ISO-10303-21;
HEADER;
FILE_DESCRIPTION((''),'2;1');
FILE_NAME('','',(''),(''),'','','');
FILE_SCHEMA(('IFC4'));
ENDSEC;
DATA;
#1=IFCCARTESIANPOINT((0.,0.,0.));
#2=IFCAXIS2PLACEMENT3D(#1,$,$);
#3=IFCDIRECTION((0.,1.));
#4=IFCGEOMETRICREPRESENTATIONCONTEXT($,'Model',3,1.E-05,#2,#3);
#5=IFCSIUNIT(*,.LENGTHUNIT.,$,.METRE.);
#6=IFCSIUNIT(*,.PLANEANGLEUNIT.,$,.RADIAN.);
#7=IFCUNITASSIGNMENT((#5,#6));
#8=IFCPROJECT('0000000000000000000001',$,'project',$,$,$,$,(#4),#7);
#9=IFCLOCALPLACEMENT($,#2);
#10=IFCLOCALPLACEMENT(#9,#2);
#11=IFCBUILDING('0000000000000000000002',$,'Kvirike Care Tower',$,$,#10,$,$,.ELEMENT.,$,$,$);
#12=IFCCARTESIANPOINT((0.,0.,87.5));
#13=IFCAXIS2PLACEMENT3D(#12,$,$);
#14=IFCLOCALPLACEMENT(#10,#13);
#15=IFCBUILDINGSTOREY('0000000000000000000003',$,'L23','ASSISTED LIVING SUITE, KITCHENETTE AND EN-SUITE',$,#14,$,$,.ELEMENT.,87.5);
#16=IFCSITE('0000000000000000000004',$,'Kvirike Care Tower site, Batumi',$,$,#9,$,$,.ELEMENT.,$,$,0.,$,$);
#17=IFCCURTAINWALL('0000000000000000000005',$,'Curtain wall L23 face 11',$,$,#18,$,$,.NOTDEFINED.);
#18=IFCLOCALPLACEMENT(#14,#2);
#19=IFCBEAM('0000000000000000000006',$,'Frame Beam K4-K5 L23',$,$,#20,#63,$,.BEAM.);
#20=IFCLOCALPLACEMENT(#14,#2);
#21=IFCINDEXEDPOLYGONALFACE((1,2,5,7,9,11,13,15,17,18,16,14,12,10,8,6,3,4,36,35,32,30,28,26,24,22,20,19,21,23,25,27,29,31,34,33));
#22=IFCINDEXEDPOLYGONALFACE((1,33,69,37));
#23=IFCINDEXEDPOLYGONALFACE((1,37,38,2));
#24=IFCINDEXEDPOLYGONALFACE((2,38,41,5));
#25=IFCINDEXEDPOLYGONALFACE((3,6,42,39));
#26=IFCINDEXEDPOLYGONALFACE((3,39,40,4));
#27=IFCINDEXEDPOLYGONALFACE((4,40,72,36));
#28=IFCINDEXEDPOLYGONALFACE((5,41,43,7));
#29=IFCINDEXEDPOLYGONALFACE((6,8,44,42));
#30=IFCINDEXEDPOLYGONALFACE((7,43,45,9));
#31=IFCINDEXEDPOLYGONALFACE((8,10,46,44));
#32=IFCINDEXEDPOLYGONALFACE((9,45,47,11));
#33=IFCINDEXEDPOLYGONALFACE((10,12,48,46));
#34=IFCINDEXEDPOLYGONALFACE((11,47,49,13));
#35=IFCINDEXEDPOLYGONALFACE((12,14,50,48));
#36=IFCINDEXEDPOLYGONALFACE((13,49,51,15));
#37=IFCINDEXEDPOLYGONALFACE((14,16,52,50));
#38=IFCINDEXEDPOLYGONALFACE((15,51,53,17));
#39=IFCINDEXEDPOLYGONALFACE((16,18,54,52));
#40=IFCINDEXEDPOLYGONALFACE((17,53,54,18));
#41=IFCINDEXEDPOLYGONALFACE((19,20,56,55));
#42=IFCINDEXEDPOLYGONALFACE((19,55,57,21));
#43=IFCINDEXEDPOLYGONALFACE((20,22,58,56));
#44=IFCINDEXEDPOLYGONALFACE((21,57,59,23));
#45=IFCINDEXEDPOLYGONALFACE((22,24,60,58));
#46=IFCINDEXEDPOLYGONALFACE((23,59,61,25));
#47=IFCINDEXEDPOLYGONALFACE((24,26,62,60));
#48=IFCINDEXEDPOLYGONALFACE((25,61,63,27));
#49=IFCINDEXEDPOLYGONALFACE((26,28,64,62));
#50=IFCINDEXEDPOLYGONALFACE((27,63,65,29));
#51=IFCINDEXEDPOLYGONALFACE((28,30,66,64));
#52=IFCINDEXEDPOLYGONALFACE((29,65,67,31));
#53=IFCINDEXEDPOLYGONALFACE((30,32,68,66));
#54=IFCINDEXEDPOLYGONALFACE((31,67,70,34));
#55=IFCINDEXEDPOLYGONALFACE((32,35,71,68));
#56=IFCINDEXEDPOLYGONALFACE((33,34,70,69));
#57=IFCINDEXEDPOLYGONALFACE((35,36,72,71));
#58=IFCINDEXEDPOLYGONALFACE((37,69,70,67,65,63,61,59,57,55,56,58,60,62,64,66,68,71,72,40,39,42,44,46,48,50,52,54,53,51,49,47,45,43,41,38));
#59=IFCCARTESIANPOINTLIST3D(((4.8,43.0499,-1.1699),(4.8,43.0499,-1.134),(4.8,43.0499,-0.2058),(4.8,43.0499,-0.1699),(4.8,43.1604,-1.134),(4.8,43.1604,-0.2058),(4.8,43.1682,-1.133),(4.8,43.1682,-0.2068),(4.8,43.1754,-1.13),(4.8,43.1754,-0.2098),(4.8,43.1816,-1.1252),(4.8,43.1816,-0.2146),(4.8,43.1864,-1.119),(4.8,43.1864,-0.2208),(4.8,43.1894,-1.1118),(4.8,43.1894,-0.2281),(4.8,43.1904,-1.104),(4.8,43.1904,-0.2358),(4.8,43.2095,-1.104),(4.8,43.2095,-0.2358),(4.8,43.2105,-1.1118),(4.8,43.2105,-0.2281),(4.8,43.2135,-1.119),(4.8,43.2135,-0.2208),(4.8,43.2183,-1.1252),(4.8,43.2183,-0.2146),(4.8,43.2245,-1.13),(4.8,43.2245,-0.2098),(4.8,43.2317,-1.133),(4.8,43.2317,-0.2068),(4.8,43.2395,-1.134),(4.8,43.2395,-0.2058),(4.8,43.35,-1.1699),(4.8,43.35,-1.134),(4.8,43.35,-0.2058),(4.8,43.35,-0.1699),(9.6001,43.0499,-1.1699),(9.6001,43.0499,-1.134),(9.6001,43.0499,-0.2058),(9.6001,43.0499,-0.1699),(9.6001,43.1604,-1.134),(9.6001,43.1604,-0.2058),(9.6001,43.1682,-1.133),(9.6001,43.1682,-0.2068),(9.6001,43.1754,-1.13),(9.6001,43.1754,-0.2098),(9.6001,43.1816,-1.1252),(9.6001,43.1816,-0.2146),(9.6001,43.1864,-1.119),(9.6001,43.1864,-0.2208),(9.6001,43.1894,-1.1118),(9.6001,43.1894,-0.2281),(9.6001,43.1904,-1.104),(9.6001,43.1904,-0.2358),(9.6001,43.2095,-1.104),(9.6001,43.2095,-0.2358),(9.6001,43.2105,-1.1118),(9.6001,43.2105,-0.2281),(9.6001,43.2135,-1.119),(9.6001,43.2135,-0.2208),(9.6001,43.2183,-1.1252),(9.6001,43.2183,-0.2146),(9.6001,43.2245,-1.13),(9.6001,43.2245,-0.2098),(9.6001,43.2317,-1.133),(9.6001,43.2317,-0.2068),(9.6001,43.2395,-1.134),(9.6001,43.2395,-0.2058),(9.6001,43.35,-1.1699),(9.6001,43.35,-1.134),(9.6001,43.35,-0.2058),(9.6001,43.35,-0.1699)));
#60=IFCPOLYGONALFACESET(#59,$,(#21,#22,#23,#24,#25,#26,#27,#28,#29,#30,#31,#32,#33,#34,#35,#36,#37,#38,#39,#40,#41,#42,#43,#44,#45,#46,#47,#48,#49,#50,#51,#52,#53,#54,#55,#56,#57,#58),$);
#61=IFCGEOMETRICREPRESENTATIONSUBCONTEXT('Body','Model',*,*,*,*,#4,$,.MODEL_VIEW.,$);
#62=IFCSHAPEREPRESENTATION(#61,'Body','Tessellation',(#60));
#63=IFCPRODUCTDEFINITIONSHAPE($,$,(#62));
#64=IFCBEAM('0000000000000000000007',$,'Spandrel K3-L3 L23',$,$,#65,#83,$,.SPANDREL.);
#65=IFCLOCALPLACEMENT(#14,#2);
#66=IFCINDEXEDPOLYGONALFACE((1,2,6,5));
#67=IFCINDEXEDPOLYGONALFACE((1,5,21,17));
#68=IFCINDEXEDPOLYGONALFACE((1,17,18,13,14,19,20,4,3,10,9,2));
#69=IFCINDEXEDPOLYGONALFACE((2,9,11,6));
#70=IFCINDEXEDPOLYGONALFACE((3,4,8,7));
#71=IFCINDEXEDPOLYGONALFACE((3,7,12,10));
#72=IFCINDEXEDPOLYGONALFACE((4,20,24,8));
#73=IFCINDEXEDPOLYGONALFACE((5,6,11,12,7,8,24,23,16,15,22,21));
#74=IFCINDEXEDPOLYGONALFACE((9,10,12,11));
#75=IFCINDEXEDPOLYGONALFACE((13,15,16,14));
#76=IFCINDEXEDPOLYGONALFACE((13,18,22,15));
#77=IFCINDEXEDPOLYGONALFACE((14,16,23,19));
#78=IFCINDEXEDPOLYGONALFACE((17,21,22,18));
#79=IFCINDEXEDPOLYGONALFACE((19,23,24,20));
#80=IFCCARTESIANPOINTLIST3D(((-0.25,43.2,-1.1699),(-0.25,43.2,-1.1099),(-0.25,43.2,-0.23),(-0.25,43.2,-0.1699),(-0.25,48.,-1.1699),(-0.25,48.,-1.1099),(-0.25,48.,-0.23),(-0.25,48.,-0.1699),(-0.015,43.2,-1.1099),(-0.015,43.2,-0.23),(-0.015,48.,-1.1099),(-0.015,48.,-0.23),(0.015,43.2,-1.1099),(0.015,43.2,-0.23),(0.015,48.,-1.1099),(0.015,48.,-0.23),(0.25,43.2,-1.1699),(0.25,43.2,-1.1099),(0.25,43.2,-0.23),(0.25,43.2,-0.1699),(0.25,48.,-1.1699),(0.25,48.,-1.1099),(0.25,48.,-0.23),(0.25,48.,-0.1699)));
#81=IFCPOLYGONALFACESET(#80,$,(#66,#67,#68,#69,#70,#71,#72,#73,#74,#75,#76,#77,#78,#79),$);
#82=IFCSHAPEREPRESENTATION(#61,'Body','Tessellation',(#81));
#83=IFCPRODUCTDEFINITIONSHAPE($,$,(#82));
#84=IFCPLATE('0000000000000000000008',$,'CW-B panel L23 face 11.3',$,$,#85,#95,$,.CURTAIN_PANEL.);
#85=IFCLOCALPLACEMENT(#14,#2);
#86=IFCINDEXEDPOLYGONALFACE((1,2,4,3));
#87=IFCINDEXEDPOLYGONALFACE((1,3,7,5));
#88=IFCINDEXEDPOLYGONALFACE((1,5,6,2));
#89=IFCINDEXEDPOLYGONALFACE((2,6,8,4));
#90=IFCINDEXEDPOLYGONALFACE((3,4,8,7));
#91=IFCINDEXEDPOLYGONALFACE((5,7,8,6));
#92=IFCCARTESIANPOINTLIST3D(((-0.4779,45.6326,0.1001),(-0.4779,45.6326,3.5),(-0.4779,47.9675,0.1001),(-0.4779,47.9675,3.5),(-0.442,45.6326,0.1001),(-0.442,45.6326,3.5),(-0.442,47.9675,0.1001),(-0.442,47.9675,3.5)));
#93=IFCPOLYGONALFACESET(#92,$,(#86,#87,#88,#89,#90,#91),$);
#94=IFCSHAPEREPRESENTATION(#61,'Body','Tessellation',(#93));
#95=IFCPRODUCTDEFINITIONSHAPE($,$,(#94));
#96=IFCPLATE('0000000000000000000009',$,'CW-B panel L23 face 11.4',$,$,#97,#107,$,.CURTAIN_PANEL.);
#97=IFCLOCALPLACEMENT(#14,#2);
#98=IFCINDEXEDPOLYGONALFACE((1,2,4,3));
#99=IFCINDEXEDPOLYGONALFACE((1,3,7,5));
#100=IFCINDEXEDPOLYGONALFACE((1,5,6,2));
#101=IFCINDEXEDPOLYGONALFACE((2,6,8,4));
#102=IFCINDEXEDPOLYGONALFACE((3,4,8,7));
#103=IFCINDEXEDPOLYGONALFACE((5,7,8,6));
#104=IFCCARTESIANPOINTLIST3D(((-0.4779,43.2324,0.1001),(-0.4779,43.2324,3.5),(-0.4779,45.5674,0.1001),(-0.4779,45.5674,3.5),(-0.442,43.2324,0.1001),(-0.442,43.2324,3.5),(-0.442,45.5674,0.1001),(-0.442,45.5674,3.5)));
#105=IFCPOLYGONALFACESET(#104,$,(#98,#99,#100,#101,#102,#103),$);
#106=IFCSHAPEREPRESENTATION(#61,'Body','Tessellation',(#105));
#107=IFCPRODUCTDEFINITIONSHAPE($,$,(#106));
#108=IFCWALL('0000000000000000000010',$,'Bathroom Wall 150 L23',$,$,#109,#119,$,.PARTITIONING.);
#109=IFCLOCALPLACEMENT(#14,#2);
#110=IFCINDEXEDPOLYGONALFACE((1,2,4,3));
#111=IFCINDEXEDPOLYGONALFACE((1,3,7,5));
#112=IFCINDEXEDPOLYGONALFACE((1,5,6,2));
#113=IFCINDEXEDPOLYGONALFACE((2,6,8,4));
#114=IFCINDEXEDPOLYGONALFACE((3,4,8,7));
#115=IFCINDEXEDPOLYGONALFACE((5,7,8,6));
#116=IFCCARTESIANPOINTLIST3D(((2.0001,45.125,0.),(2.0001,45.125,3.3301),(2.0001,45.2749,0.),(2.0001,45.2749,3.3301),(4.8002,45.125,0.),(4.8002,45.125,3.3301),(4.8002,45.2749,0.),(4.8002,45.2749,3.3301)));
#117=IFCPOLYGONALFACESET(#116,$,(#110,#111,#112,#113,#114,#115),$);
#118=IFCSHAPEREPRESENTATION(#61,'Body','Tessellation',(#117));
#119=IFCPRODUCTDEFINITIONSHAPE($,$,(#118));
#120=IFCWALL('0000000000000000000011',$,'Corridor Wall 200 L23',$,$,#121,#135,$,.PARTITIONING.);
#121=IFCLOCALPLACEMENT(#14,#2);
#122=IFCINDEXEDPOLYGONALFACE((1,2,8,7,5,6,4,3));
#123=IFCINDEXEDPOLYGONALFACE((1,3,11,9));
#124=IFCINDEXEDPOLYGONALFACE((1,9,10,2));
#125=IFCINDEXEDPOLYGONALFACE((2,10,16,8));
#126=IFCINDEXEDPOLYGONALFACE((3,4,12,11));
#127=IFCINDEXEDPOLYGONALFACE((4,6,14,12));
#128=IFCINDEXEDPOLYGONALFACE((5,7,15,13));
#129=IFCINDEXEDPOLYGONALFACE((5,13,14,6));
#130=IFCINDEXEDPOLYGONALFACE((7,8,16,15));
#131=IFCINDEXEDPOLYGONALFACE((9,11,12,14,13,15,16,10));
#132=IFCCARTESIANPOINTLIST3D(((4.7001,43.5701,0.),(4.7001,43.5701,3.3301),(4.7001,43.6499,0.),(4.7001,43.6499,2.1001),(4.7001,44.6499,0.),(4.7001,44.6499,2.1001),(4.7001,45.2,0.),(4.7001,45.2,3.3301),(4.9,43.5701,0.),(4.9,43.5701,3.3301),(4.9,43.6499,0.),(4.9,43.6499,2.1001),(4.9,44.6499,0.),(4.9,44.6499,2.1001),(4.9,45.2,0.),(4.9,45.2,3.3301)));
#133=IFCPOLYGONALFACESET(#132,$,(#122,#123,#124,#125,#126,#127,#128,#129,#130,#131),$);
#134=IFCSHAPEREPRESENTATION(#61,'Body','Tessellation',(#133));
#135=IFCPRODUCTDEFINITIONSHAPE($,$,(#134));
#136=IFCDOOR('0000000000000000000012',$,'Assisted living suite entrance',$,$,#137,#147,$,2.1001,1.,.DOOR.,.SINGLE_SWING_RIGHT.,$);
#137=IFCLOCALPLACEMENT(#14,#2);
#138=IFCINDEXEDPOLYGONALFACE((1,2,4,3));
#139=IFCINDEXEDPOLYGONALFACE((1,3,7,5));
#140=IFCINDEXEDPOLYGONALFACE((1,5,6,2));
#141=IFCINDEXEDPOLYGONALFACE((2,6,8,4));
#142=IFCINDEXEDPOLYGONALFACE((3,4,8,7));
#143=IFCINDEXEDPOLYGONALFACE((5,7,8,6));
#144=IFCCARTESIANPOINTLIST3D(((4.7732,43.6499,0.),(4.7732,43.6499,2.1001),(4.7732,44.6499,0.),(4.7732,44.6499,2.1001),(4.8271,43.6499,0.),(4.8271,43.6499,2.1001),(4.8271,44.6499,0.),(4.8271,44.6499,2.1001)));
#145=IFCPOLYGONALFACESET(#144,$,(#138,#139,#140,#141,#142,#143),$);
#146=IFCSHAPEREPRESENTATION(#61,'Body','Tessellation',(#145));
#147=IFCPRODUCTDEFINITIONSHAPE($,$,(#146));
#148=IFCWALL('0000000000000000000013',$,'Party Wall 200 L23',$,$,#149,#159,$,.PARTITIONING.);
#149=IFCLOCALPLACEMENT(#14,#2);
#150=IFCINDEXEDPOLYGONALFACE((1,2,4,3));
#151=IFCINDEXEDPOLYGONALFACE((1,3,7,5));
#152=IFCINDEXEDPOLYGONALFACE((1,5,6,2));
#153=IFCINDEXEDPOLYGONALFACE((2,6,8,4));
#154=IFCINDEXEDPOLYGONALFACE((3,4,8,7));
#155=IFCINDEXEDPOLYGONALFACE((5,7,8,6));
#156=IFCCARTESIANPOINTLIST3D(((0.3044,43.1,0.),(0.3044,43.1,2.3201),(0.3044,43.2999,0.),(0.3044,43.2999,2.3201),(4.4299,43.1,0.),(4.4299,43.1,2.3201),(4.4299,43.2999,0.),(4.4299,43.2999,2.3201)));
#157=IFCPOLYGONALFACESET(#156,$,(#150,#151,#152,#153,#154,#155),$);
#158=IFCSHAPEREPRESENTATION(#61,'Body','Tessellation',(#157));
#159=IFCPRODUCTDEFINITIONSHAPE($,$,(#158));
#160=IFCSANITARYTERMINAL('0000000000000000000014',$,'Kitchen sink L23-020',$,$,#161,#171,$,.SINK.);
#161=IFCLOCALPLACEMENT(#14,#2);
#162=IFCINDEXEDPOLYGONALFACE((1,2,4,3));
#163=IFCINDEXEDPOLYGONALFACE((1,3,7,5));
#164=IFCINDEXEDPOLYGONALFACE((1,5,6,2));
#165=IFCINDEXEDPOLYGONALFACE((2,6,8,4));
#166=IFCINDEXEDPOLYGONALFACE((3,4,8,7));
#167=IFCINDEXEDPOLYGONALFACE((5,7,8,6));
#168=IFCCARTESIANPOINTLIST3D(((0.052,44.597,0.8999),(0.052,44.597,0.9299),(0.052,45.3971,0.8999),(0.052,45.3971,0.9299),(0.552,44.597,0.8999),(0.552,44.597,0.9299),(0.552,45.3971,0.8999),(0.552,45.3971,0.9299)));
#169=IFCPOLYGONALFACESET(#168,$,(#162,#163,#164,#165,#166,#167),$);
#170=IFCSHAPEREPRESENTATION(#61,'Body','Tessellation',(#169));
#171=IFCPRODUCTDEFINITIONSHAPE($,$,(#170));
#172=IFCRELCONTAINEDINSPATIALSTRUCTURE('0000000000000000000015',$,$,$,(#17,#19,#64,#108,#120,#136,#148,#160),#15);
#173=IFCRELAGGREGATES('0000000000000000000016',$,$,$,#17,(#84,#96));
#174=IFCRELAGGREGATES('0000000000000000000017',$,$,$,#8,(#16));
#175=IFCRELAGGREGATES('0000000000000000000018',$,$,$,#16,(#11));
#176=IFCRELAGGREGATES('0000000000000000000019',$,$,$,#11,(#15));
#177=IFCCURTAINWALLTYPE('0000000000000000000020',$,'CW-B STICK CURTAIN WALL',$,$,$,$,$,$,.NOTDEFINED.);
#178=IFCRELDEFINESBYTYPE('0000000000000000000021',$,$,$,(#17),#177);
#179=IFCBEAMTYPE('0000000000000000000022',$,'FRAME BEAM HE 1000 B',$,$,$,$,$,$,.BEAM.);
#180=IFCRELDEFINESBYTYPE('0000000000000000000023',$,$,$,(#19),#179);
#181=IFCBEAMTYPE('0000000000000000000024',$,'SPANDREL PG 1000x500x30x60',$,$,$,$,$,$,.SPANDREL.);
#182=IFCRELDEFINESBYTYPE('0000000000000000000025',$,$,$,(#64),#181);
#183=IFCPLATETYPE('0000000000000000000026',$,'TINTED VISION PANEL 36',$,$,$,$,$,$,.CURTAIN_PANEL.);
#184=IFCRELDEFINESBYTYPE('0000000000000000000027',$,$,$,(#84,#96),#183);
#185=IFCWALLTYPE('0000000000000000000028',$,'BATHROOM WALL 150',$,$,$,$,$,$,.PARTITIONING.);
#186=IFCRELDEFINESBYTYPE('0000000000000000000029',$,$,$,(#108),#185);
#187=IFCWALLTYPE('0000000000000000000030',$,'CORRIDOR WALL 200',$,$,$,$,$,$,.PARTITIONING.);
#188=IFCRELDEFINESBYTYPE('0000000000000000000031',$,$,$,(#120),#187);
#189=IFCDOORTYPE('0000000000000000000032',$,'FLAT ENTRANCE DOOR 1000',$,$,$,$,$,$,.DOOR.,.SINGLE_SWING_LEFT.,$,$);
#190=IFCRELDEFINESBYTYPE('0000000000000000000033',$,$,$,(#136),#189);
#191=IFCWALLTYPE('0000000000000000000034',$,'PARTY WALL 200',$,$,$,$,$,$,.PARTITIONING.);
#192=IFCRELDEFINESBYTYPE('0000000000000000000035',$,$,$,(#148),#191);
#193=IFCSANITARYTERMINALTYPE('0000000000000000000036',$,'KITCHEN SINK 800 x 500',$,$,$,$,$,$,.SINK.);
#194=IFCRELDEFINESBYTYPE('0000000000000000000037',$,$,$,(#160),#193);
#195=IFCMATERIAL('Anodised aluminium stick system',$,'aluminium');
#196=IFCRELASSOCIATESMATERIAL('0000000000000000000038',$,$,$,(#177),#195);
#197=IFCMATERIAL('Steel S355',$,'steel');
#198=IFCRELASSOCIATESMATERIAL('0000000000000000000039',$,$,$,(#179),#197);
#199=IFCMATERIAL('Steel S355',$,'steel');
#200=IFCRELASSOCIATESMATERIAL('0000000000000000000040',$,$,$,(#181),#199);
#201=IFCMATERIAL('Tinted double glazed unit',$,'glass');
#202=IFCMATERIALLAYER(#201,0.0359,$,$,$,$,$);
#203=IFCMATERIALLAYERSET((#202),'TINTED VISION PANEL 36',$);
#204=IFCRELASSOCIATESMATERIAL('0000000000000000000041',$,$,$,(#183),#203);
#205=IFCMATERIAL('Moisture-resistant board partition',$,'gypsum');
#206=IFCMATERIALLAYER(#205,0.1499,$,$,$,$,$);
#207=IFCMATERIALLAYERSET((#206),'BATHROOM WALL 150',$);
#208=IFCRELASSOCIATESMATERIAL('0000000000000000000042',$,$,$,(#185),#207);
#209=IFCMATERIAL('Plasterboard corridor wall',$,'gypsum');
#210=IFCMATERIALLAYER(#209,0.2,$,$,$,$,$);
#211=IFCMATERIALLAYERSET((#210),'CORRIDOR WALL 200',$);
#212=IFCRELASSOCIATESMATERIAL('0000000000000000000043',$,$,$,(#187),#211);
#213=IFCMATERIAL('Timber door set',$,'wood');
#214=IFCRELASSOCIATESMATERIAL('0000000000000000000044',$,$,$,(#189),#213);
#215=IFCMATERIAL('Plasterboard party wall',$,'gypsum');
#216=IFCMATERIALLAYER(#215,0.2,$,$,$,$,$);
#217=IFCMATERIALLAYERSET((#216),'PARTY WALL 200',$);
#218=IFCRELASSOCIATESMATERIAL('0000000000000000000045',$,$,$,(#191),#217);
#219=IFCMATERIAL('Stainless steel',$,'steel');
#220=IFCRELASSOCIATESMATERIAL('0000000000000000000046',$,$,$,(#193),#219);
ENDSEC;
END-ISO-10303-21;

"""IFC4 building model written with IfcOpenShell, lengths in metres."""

from ifc_helpers import new_model, si_unit, direction, frame, frame_2d, origin, origin_2d, place, context, subcontext, project, spatial, rectangle, i_section, extrude, material, layer, layer_set, material_profile, profile_set, type_object, element, fill, aggregate, save


model = new_model("IFC4")

# Units and contexts
model_context = context("Model", 3, precision=1e-05, world=origin(), true_north=direction((0.0, 1.0)))
body_context = subcontext(model_context, "Body", "Model", "MODEL_VIEW")
ifc_project = project(units=[si_unit("LENGTHUNIT", "METRE"), si_unit("PLANEANGLEUNIT", "RADIAN")], contexts=[model_context])

# Site, building, storey
site_placement = place(None, origin())
site = spatial("IfcSite", under=ifc_project, at=site_placement, Name="Kvirike Care Tower site, Batumi", CompositionType="ELEMENT", RefElevation=0.0)
building_placement = place(site_placement, origin())
building = spatial("IfcBuilding", under=site, at=building_placement, Name="Kvirike Care Tower", CompositionType="ELEMENT")
storey_placement = place(building_placement, frame((0.0, 0.0, 87.5)))
storey = spatial("IfcBuildingStorey", under=building, at=storey_placement, Name="L23", Description="ASSISTED LIVING SUITE, KITCHENETTE AND EN-SUITE", CompositionType="ELEMENT", Elevation=87.5)

# Curtain wall
ifc_material_1 = material(Name="Anodised aluminium stick system", Category="aluminium")
curtain_wall_type = type_object("IfcCurtainWallType", Name="CW-B STICK CURTAIN WALL", PredefinedType="NOTDEFINED", material=ifc_material_1)
curtain_wall_placement = place(storey_placement, origin())
curtain_wall = element("IfcCurtainWall", 1, at=curtain_wall_placement, inside=storey, type_object=curtain_wall_type, Name="Curtain wall L23 face 11", PredefinedType="NOTDEFINED")

# Beams
ifc_material_2 = material(Name="Steel S355", Category="steel")
ifc_material_profile_1 = material_profile(ifc_material_2, i_section(OverallWidth=0.3, OverallDepth=1.0, WebThickness=0.019, FlangeThickness=0.0359, FilletRadius=0.03, at=origin_2d()), Name="HE 1000 B")
ifc_profile_set_1 = profile_set([ifc_material_profile_1], Name="Steel S355")
beam_type_1 = type_object("IfcBeamType", Name="FRAME BEAM HE 1000 B", PredefinedType="BEAM", material=ifc_profile_set_1)
for number, where, z_axis, x_axis, name in (
    (2, (4.8, 43.2, -0.6699), (1.0, 0.0, 0.0), (0.0, 1.0, 0.0), "Frame Beam K4-K5 L23"),
):
    element("IfcBeam", number, at=place(storey_placement, frame(where, z_axis=z_axis, x_axis=x_axis)), inside=storey, type_object=beam_type_1, Name=name, PredefinedType="BEAM", context=body_context, shape_type="SweptSolid", body=[
        extrude(i_section(OverallWidth=0.3, OverallDepth=1.0, WebThickness=0.019, FlangeThickness=0.0359, FilletRadius=0.03, at=origin_2d()), origin(), (0.0, 0.0, 1.0), 4.8),
    ])
ifc_material_3 = material(Name="Steel S355", Category="steel")
ifc_material_profile_2 = material_profile(ifc_material_3, i_section(OverallWidth=0.5, OverallDepth=1.0, WebThickness=0.03, FlangeThickness=0.0601, at=origin_2d()), Name="PG 1000x500x30x60")
ifc_profile_set_2 = profile_set([ifc_material_profile_2], Name="Steel S355")
beam_type_2 = type_object("IfcBeamType", Name="SPANDREL PG 1000x500x30x60", PredefinedType="SPANDREL", material=ifc_profile_set_2)
beam_placement = place(storey_placement, frame((0.0, 43.2, -0.6699), z_axis=(0.0, 1.0, 0.0), x_axis=(-1.0, 0.0, 0.0)))
element("IfcBeam", 3, at=beam_placement, inside=storey, type_object=beam_type_2, Name="Spandrel K3-L3 L23", PredefinedType="SPANDREL", context=body_context, shape_type="SweptSolid", body=[
    extrude(i_section(OverallWidth=0.5, OverallDepth=1.0, WebThickness=0.03, FlangeThickness=0.0601, at=origin_2d()), origin(), (0.0, 0.0, 1.0), 4.8),
])

# Plates
ifc_material_4 = material(Name="Tinted double glazed unit", Category="glass")
ifc_layer_1 = layer(ifc_material_4, 0.0359)
ifc_layer_set_1 = layer_set([ifc_layer_1], Name="TINTED VISION PANEL 36")
plate_type = type_object("IfcPlateType", Name="TINTED VISION PANEL 36", PredefinedType="CURTAIN_PANEL", material=ifc_layer_set_1)
plate_1_placement = place(storey_placement, frame((-0.46, 46.8, 0.1001), z_axis=(0.0, 0.0, 1.0), x_axis=(0.0, -1.0, 0.0)))
plate_1 = element("IfcPlate", 4, at=plate_1_placement, type_object=plate_type, Name="CW-B panel L23 face 11.3", PredefinedType="CURTAIN_PANEL", context=body_context, shape_type="SweptSolid", body=[
    extrude(rectangle(XDim=2.335, YDim=0.0359, at=origin_2d()), origin(), (0.0, 0.0, 1.0), 3.3999),
])
plate_2_placement = place(storey_placement, frame((-0.46, 44.3999, 0.1001), z_axis=(0.0, 0.0, 1.0), x_axis=(0.0, -1.0, 0.0)))
plate_2 = element("IfcPlate", 5, at=plate_2_placement, type_object=plate_type, Name="CW-B panel L23 face 11.4", PredefinedType="CURTAIN_PANEL", context=body_context, shape_type="SweptSolid", body=[
    extrude(rectangle(XDim=2.335, YDim=0.0359, at=origin_2d()), origin(), (0.0, 0.0, 1.0), 3.3999),
])
aggregate(curtain_wall, [plate_1, plate_2])

# Wall
ifc_material_5 = material(Name="Moisture-resistant board partition", Category="gypsum")
ifc_layer_2 = layer(ifc_material_5, 0.1499)
ifc_layer_set_2 = layer_set([ifc_layer_2], Name="BATHROOM WALL 150")
wall_type_1 = type_object("IfcWallType", Name="BATHROOM WALL 150", PredefinedType="PARTITIONING", material=ifc_layer_set_2)
wall_1_placement = place(storey_placement, frame((4.8, 45.2, 0.0), z_axis=(0.0, 0.0, 1.0), x_axis=(-1.0, 0.0, 0.0)))
element("IfcWall", 6, at=wall_1_placement, inside=storey, type_object=wall_type_1, Name="Bathroom Wall 150 L23", PredefinedType="PARTITIONING", context=body_context, shape_type="SweptSolid", body=[
    extrude(rectangle(XDim=2.8, YDim=0.1499, at=frame_2d((1.3999, 0.0))), origin(), (0.0, 0.0, 1.0), 3.3301),
])

# Wall, opening, door
ifc_material_6 = material(Name="Plasterboard corridor wall", Category="gypsum")
ifc_layer_3 = layer(ifc_material_6, 0.2)
ifc_layer_set_3 = layer_set([ifc_layer_3], Name="CORRIDOR WALL 200")
wall_type_2 = type_object("IfcWallType", Name="CORRIDOR WALL 200", PredefinedType="PARTITIONING", material=ifc_layer_set_3)
wall_2_placement = place(storey_placement, frame((4.8, 45.2, 0.0), z_axis=(0.0, 0.0, 1.0), x_axis=(0.0, -1.0, 0.0)))
wall_2 = element("IfcWall", 7, at=wall_2_placement, inside=storey, type_object=wall_type_2, Name="Corridor Wall 200 L23", PredefinedType="PARTITIONING", context=body_context, shape_type="SweptSolid", body=[
    extrude(rectangle(XDim=1.6299, YDim=0.2, at=frame_2d((0.8149, 0.0))), origin(), (0.0, 0.0, 1.0), 3.3301),
])
opening_placement = place(wall_2_placement, frame((0.55, 0.0, 0.0)))
opening = element("IfcOpeningElement", 8, at=opening_placement, cuts=wall_2, PredefinedType="OPENING", context=body_context, shape_type="SweptSolid", body=[
    extrude(rectangle(XDim=1.0, YDim=2.1001, at=frame_2d((0.5, 1.05))), frame((0.0, 0.1106, 0.0), z_axis=(0.0, -1.0, 0.0), x_axis=(1.0, 0.0, 0.0)), (0.0, 0.0, 1.0), 0.2209),
])
ifc_material_7 = material(Name="Timber door set", Category="wood")
door_type = type_object("IfcDoorType", Name="FLAT ENTRANCE DOOR 1000", OperationType="SINGLE_SWING_LEFT", PredefinedType="DOOR", material=ifc_material_7)
door_placement = place(opening_placement, frame((1.0, 0.0, 0.0), z_axis=(0.0, 0.0, 1.0), x_axis=(-1.0, 0.0, 0.0)))
door = element("IfcDoor", 9, at=door_placement, inside=storey, type_object=door_type, Name="Assisted living suite entrance", OperationType="SINGLE_SWING_RIGHT", OverallHeight=2.1001, OverallWidth=1.0, PredefinedType="DOOR", context=body_context, shape_type="SweptSolid", body=[
    extrude(rectangle(XDim=1.0, YDim=2.1001, at=frame_2d((0.5, 1.05))), frame((0.0, 0.0269, 0.0), z_axis=(0.0, -1.0, 0.0), x_axis=(1.0, 0.0, 0.0)), (0.0, 0.0, 1.0), 0.054),
])
fill(opening, door)

# Wall
ifc_material_8 = material(Name="Plasterboard party wall", Category="gypsum")
ifc_layer_4 = layer(ifc_material_8, 0.2)
ifc_layer_set_4 = layer_set([ifc_layer_4], Name="PARTY WALL 200")
wall_type_3 = type_object("IfcWallType", Name="PARTY WALL 200", PredefinedType="PARTITIONING", material=ifc_layer_set_4)
wall_3_placement = place(storey_placement, frame((4.4299, 43.2, 0.0), z_axis=(0.0, 0.0, 1.0), x_axis=(-1.0, 0.0, 0.0)))
element("IfcWall", 10, at=wall_3_placement, inside=storey, type_object=wall_type_3, Name="Party Wall 200 L23", PredefinedType="PARTITIONING", context=body_context, shape_type="SweptSolid", body=[
    extrude(rectangle(XDim=4.1255, YDim=0.2, at=frame_2d((2.0627, 0.0))), origin(), (0.0, 0.0, 1.0), 2.3201),
])

# Sanitary terminal
ifc_material_9 = material(Name="Stainless steel", Category="steel")
sanitary_terminal_type_1 = type_object("IfcSanitaryTerminalType", Name="KITCHEN SINK 800 x 500", PredefinedType="SINK", material=ifc_material_9)
sanitary_terminal_1_placement = place(storey_placement, frame((0.302, 44.9971, 0.8999), z_axis=(0.0, 0.0, 1.0), x_axis=(0.0, 1.0, 0.0)))
element("IfcSanitaryTerminal", 11, at=sanitary_terminal_1_placement, inside=storey, type_object=sanitary_terminal_type_1, Name="Kitchen sink L23-020", PredefinedType="SINK", context=body_context, shape_type="SweptSolid", body=[
    extrude(rectangle(XDim=0.8, YDim=0.5, at=origin_2d()), origin(), (0.0, 0.0, 1.0), 0.03),
])

save(model, "model.ifc")
